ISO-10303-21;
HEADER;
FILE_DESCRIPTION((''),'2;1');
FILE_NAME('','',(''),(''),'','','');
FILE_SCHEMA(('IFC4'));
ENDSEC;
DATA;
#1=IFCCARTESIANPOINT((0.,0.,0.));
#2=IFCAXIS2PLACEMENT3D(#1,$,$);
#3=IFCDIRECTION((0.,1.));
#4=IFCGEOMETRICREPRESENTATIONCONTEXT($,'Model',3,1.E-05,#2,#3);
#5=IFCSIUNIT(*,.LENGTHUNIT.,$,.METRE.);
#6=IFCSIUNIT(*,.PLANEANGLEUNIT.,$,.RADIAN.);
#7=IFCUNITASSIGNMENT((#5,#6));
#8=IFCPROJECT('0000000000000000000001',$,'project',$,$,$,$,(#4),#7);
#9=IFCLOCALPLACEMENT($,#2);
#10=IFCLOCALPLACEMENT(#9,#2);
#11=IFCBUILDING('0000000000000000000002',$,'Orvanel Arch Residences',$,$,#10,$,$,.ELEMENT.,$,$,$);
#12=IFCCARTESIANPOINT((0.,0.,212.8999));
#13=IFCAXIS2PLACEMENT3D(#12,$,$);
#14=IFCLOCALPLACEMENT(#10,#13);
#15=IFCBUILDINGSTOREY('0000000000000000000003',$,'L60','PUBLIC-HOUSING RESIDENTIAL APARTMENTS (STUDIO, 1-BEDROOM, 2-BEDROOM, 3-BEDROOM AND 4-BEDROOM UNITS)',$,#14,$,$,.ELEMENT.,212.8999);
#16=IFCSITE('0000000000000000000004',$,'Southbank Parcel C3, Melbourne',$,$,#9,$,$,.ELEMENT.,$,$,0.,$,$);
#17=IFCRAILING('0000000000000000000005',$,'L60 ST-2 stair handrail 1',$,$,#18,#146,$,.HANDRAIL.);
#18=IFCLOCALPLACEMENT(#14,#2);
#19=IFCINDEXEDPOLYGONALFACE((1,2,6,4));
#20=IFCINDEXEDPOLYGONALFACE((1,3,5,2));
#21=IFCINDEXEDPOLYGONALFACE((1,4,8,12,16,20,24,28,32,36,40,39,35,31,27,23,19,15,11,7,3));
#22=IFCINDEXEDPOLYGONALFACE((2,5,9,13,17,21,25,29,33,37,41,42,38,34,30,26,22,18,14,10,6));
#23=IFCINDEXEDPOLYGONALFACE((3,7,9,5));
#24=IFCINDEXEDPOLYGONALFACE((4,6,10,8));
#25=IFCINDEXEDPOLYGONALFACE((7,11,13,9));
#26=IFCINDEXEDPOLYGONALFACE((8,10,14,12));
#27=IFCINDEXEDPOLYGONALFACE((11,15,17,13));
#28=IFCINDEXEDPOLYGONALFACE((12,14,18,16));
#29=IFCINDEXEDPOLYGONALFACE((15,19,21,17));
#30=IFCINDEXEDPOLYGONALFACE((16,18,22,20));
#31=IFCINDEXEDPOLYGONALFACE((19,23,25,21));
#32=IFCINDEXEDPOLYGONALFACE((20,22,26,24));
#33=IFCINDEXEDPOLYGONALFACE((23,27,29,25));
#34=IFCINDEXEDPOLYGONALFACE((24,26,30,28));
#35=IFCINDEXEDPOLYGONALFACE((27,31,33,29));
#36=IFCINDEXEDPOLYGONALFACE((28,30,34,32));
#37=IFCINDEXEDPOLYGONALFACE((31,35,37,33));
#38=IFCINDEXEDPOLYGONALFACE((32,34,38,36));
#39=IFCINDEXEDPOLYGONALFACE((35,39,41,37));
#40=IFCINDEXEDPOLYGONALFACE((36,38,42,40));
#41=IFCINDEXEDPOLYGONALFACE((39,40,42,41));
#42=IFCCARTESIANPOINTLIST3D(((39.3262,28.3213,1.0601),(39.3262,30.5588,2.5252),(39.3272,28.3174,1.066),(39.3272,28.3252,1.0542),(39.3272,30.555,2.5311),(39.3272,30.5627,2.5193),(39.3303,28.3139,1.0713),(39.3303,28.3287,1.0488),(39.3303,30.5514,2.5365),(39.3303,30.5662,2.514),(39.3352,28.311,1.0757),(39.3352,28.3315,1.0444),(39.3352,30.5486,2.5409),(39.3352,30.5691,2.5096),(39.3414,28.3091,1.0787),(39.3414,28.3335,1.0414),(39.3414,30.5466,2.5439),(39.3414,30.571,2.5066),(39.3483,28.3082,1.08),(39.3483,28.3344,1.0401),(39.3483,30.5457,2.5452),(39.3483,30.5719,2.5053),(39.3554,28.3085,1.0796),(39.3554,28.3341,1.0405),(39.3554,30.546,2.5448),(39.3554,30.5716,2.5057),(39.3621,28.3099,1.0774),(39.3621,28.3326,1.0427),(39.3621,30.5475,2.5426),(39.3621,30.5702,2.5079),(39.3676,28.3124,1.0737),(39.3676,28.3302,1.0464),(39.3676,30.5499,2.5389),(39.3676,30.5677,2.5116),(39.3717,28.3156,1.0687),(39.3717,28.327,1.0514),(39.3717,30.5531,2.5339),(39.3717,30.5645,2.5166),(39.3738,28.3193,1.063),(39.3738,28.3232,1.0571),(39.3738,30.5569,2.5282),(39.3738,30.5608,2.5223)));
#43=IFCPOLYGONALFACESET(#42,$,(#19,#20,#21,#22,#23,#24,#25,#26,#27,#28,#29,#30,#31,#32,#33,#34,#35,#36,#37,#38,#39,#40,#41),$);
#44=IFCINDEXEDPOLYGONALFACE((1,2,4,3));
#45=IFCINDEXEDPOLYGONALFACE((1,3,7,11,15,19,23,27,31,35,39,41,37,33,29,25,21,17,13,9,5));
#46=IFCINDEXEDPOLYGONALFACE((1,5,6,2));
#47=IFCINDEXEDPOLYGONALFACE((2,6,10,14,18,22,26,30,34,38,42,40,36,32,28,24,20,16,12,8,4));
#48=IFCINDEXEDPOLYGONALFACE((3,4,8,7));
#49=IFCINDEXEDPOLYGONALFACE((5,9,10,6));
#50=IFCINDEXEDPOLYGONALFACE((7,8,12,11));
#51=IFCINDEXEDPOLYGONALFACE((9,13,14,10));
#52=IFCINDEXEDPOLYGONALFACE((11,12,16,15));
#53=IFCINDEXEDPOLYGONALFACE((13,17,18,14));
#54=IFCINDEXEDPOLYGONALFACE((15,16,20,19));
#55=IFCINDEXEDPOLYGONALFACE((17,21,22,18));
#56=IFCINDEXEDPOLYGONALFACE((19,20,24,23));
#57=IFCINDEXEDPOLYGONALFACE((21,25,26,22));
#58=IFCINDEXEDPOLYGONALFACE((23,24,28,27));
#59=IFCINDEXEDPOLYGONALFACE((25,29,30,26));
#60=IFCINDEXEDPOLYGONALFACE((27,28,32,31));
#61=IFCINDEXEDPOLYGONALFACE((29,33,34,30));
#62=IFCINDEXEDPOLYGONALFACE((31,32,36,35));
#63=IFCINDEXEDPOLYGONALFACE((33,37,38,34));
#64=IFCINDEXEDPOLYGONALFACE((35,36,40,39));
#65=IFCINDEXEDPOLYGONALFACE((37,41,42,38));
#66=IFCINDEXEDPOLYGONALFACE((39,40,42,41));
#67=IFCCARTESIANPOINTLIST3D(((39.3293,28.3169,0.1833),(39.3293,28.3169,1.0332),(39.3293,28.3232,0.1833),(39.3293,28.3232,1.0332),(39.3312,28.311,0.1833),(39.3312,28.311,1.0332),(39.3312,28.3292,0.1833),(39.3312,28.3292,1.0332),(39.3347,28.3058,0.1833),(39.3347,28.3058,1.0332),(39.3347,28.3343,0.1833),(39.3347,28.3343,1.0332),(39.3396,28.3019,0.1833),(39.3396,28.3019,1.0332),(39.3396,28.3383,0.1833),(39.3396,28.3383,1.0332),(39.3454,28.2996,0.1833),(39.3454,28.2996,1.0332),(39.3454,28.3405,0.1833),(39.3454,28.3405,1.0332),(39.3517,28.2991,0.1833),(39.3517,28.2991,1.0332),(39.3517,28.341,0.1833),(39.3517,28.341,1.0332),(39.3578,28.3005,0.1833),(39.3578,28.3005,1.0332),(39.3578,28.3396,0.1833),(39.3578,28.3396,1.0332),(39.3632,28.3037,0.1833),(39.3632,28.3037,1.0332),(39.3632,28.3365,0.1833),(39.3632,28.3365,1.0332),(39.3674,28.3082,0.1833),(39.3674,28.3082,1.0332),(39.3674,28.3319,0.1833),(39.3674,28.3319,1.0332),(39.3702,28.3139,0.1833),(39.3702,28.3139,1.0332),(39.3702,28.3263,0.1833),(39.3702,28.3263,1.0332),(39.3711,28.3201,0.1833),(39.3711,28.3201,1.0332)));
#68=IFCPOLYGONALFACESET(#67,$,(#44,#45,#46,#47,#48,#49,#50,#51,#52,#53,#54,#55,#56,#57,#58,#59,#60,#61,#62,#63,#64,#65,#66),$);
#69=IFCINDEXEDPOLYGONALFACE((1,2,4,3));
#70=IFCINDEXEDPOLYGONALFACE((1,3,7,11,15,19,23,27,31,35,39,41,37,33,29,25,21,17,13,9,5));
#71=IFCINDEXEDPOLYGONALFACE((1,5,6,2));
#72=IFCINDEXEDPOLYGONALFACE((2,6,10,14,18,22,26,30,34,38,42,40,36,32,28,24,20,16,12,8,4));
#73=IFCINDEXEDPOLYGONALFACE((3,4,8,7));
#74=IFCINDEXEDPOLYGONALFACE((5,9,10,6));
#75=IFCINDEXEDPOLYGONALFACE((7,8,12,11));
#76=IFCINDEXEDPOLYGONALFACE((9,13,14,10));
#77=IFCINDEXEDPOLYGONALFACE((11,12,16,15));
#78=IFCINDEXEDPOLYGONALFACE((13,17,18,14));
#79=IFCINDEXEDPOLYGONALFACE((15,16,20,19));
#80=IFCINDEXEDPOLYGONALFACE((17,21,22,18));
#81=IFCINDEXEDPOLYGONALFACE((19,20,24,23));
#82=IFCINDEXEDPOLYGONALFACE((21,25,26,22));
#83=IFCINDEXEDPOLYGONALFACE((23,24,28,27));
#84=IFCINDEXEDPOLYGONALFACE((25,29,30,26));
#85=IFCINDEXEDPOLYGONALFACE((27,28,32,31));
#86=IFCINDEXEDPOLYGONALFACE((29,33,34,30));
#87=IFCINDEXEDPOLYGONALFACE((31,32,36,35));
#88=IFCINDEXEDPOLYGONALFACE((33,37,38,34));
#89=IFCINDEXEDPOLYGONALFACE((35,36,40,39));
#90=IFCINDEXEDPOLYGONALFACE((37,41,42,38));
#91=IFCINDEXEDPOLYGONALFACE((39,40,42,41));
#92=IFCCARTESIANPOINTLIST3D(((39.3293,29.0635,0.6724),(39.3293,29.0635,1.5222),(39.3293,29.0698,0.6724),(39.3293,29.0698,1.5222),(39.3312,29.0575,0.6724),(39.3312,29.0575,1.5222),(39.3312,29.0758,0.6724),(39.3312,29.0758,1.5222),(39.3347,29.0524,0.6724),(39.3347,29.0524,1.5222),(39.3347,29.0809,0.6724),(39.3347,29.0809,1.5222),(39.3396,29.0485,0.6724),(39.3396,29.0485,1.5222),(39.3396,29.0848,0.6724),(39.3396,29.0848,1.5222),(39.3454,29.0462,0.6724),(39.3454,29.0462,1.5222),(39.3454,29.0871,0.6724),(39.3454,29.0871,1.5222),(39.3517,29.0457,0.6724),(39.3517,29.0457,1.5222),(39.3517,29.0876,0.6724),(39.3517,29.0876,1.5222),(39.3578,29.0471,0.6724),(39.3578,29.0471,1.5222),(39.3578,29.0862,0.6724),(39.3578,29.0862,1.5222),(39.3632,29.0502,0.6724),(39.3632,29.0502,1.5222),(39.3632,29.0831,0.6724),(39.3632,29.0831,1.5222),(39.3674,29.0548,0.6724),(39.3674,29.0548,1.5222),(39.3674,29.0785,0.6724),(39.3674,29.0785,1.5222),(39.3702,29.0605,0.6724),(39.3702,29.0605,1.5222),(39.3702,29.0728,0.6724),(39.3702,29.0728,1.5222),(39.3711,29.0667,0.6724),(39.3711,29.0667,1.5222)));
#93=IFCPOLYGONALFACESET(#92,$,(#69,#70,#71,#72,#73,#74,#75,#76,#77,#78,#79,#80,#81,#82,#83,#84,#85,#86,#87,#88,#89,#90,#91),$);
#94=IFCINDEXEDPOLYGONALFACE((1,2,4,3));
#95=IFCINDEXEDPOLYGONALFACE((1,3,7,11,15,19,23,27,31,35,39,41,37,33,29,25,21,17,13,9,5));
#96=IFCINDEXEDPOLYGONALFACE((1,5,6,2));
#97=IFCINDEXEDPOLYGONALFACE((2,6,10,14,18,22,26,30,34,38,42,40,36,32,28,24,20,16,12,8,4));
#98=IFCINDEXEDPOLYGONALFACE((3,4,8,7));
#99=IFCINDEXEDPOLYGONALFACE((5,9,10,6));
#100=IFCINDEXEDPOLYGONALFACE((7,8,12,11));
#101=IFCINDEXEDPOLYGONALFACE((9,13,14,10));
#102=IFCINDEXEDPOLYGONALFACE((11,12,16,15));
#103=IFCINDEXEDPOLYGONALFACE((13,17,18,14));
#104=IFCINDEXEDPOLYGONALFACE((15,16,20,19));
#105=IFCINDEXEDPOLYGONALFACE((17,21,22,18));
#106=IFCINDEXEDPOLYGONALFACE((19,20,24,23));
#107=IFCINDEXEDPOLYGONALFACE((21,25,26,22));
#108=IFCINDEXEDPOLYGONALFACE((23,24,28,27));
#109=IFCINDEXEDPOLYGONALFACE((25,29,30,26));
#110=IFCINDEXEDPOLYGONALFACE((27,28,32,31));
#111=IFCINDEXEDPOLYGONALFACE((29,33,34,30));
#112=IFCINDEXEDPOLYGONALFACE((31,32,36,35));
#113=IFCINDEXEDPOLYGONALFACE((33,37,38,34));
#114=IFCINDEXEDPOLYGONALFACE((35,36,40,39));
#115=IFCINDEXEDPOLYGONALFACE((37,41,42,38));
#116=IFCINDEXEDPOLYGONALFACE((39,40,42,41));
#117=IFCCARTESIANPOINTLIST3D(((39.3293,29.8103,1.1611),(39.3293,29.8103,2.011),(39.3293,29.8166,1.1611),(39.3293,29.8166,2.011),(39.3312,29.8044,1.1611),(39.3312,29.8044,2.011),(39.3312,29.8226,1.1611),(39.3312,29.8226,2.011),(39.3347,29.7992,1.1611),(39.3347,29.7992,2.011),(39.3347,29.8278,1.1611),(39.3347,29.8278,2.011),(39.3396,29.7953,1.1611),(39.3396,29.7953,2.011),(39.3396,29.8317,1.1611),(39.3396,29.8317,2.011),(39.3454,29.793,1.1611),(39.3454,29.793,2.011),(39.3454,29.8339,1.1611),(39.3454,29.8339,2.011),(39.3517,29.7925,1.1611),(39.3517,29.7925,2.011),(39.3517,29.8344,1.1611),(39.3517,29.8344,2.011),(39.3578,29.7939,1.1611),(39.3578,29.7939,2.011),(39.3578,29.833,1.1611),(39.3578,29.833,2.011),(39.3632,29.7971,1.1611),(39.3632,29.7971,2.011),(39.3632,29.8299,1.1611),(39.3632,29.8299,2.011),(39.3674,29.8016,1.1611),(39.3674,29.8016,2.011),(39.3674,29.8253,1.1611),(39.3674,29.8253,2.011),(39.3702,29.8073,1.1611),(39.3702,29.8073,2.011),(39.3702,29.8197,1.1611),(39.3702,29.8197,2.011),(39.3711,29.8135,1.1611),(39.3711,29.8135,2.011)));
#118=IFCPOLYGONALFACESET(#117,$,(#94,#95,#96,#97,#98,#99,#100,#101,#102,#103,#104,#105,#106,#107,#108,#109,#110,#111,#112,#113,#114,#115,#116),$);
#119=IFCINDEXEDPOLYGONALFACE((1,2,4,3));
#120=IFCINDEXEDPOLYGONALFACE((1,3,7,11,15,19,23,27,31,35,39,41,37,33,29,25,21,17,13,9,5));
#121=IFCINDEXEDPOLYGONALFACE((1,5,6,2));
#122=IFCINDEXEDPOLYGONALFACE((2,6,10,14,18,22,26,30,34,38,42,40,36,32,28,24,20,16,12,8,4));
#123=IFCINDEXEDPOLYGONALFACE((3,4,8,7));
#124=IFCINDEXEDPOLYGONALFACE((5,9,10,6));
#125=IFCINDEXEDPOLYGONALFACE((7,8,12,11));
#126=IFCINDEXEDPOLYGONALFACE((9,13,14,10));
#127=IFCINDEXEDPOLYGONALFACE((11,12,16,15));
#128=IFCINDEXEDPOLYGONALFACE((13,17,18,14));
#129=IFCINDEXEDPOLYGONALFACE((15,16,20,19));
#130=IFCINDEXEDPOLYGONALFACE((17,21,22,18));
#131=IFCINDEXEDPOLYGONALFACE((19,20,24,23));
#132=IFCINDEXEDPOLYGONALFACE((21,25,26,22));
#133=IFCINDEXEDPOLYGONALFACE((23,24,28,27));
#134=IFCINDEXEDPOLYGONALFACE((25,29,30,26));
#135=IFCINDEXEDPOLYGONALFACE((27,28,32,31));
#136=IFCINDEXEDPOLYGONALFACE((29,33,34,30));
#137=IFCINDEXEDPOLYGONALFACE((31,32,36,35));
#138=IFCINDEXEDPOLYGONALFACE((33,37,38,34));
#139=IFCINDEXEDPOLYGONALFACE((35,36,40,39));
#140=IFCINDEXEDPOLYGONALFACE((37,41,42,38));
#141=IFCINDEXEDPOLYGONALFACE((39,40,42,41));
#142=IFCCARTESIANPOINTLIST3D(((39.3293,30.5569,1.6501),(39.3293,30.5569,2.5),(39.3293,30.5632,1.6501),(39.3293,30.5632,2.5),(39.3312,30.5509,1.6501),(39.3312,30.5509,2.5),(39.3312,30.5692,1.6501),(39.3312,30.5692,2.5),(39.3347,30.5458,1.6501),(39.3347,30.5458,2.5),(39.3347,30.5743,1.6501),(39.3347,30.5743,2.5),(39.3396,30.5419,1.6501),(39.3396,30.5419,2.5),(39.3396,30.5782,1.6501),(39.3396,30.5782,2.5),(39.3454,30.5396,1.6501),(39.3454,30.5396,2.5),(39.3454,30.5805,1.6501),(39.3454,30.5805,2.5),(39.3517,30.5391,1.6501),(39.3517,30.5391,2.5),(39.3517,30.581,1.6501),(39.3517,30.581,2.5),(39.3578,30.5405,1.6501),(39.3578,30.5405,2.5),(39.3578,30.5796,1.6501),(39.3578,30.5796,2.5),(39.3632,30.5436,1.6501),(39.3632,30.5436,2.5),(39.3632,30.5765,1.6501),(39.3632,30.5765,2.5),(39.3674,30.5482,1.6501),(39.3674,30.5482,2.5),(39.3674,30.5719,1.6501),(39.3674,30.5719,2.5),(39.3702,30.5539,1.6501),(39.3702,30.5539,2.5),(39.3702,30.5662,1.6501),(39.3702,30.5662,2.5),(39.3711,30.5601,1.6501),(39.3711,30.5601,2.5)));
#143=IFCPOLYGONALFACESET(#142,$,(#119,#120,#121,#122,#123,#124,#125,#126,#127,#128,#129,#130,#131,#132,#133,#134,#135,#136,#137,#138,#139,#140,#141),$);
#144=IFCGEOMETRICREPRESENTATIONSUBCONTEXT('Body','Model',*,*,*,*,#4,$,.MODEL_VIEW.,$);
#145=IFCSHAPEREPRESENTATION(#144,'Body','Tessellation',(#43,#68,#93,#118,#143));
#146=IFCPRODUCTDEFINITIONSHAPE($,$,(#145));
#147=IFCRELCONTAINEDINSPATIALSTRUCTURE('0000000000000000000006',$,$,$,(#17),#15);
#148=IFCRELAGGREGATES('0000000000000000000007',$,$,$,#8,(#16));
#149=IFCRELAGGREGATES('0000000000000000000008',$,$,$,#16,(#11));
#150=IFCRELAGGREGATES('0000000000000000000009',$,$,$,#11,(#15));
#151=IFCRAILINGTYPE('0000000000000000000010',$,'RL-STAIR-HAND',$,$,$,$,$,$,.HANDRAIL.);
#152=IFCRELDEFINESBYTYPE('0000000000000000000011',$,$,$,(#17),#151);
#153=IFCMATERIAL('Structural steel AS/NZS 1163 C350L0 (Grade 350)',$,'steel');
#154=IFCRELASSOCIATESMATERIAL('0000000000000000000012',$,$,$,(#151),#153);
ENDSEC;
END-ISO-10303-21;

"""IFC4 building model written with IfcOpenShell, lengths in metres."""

from ifc_helpers import new_model, si_unit, direction, frame, origin, origin_2d, place, context, subcontext, project, spatial, circle, extrude, material, type_object, element, save


model = new_model("IFC4")

# Units and contexts
model_context = context("Model", 3, precision=1e-05, world=origin(), true_north=direction((0.0, 1.0)))
body_context = subcontext(model_context, "Body", "Model", "MODEL_VIEW")
ifc_project = project(units=[si_unit("LENGTHUNIT", "METRE"), si_unit("PLANEANGLEUNIT", "RADIAN")], contexts=[model_context])

# Site, building, storey
site_placement = place(None, origin())
site = spatial("IfcSite", under=ifc_project, at=site_placement, Name="Southbank Parcel C3, Melbourne", CompositionType="ELEMENT", RefElevation=0.0)
building_placement = place(site_placement, origin())
building = spatial("IfcBuilding", under=site, at=building_placement, Name="Orvanel Arch Residences", CompositionType="ELEMENT")
storey_placement = place(building_placement, frame((0.0, 0.0, 212.8999)))
storey = spatial("IfcBuildingStorey", under=building, at=storey_placement, Name="L60", Description="PUBLIC-HOUSING RESIDENTIAL APARTMENTS (STUDIO, 1-BEDROOM, 2-BEDROOM, 3-BEDROOM AND 4-BEDROOM UNITS)", CompositionType="ELEMENT", Elevation=212.8999)

# Railing
ifc_material_1 = material(Name="Structural steel AS/NZS 1163 C350L0 (Grade 350)", Category="steel")
railing_type_1 = type_object("IfcRailingType", Name="RL-STAIR-HAND", PredefinedType="HANDRAIL", material=ifc_material_1)
railing_1_placement = place(storey_placement, frame((39.3501, 28.3201, 0.1833)))
element("IfcRailing", 1, at=railing_1_placement, inside=storey, type_object=railing_type_1, Name="L60 ST-2 stair handrail 1", PredefinedType="HANDRAIL", context=body_context, shape_type="SweptSolid", body=[
    extrude(circle(Radius=0.0239, at=origin_2d()), frame((0.0, 0.0012, 0.8767), z_axis=(0.0, 0.836595, 0.547822), x_axis=(-1.0, 0.0, 0.0)), (0.0, 0.0, 1.0), 2.6746),
    extrude(circle(Radius=0.021, at=origin_2d()), origin(), (0.0, 0.0, 1.0), 0.8499),
    extrude(circle(Radius=0.021, at=origin_2d()), frame((0.0, 0.7466, 0.489)), (0.0, 0.0, 1.0), 0.8499),
    extrude(circle(Radius=0.021, at=origin_2d()), frame((0.0, 1.4934, 0.9778)), (0.0, 0.0, 1.0), 0.8499),
    extrude(circle(Radius=0.021, at=origin_2d()), frame((0.0, 2.24, 1.4668)), (0.0, 0.0, 1.0), 0.8499),
])

save(model, "model.ifc")
